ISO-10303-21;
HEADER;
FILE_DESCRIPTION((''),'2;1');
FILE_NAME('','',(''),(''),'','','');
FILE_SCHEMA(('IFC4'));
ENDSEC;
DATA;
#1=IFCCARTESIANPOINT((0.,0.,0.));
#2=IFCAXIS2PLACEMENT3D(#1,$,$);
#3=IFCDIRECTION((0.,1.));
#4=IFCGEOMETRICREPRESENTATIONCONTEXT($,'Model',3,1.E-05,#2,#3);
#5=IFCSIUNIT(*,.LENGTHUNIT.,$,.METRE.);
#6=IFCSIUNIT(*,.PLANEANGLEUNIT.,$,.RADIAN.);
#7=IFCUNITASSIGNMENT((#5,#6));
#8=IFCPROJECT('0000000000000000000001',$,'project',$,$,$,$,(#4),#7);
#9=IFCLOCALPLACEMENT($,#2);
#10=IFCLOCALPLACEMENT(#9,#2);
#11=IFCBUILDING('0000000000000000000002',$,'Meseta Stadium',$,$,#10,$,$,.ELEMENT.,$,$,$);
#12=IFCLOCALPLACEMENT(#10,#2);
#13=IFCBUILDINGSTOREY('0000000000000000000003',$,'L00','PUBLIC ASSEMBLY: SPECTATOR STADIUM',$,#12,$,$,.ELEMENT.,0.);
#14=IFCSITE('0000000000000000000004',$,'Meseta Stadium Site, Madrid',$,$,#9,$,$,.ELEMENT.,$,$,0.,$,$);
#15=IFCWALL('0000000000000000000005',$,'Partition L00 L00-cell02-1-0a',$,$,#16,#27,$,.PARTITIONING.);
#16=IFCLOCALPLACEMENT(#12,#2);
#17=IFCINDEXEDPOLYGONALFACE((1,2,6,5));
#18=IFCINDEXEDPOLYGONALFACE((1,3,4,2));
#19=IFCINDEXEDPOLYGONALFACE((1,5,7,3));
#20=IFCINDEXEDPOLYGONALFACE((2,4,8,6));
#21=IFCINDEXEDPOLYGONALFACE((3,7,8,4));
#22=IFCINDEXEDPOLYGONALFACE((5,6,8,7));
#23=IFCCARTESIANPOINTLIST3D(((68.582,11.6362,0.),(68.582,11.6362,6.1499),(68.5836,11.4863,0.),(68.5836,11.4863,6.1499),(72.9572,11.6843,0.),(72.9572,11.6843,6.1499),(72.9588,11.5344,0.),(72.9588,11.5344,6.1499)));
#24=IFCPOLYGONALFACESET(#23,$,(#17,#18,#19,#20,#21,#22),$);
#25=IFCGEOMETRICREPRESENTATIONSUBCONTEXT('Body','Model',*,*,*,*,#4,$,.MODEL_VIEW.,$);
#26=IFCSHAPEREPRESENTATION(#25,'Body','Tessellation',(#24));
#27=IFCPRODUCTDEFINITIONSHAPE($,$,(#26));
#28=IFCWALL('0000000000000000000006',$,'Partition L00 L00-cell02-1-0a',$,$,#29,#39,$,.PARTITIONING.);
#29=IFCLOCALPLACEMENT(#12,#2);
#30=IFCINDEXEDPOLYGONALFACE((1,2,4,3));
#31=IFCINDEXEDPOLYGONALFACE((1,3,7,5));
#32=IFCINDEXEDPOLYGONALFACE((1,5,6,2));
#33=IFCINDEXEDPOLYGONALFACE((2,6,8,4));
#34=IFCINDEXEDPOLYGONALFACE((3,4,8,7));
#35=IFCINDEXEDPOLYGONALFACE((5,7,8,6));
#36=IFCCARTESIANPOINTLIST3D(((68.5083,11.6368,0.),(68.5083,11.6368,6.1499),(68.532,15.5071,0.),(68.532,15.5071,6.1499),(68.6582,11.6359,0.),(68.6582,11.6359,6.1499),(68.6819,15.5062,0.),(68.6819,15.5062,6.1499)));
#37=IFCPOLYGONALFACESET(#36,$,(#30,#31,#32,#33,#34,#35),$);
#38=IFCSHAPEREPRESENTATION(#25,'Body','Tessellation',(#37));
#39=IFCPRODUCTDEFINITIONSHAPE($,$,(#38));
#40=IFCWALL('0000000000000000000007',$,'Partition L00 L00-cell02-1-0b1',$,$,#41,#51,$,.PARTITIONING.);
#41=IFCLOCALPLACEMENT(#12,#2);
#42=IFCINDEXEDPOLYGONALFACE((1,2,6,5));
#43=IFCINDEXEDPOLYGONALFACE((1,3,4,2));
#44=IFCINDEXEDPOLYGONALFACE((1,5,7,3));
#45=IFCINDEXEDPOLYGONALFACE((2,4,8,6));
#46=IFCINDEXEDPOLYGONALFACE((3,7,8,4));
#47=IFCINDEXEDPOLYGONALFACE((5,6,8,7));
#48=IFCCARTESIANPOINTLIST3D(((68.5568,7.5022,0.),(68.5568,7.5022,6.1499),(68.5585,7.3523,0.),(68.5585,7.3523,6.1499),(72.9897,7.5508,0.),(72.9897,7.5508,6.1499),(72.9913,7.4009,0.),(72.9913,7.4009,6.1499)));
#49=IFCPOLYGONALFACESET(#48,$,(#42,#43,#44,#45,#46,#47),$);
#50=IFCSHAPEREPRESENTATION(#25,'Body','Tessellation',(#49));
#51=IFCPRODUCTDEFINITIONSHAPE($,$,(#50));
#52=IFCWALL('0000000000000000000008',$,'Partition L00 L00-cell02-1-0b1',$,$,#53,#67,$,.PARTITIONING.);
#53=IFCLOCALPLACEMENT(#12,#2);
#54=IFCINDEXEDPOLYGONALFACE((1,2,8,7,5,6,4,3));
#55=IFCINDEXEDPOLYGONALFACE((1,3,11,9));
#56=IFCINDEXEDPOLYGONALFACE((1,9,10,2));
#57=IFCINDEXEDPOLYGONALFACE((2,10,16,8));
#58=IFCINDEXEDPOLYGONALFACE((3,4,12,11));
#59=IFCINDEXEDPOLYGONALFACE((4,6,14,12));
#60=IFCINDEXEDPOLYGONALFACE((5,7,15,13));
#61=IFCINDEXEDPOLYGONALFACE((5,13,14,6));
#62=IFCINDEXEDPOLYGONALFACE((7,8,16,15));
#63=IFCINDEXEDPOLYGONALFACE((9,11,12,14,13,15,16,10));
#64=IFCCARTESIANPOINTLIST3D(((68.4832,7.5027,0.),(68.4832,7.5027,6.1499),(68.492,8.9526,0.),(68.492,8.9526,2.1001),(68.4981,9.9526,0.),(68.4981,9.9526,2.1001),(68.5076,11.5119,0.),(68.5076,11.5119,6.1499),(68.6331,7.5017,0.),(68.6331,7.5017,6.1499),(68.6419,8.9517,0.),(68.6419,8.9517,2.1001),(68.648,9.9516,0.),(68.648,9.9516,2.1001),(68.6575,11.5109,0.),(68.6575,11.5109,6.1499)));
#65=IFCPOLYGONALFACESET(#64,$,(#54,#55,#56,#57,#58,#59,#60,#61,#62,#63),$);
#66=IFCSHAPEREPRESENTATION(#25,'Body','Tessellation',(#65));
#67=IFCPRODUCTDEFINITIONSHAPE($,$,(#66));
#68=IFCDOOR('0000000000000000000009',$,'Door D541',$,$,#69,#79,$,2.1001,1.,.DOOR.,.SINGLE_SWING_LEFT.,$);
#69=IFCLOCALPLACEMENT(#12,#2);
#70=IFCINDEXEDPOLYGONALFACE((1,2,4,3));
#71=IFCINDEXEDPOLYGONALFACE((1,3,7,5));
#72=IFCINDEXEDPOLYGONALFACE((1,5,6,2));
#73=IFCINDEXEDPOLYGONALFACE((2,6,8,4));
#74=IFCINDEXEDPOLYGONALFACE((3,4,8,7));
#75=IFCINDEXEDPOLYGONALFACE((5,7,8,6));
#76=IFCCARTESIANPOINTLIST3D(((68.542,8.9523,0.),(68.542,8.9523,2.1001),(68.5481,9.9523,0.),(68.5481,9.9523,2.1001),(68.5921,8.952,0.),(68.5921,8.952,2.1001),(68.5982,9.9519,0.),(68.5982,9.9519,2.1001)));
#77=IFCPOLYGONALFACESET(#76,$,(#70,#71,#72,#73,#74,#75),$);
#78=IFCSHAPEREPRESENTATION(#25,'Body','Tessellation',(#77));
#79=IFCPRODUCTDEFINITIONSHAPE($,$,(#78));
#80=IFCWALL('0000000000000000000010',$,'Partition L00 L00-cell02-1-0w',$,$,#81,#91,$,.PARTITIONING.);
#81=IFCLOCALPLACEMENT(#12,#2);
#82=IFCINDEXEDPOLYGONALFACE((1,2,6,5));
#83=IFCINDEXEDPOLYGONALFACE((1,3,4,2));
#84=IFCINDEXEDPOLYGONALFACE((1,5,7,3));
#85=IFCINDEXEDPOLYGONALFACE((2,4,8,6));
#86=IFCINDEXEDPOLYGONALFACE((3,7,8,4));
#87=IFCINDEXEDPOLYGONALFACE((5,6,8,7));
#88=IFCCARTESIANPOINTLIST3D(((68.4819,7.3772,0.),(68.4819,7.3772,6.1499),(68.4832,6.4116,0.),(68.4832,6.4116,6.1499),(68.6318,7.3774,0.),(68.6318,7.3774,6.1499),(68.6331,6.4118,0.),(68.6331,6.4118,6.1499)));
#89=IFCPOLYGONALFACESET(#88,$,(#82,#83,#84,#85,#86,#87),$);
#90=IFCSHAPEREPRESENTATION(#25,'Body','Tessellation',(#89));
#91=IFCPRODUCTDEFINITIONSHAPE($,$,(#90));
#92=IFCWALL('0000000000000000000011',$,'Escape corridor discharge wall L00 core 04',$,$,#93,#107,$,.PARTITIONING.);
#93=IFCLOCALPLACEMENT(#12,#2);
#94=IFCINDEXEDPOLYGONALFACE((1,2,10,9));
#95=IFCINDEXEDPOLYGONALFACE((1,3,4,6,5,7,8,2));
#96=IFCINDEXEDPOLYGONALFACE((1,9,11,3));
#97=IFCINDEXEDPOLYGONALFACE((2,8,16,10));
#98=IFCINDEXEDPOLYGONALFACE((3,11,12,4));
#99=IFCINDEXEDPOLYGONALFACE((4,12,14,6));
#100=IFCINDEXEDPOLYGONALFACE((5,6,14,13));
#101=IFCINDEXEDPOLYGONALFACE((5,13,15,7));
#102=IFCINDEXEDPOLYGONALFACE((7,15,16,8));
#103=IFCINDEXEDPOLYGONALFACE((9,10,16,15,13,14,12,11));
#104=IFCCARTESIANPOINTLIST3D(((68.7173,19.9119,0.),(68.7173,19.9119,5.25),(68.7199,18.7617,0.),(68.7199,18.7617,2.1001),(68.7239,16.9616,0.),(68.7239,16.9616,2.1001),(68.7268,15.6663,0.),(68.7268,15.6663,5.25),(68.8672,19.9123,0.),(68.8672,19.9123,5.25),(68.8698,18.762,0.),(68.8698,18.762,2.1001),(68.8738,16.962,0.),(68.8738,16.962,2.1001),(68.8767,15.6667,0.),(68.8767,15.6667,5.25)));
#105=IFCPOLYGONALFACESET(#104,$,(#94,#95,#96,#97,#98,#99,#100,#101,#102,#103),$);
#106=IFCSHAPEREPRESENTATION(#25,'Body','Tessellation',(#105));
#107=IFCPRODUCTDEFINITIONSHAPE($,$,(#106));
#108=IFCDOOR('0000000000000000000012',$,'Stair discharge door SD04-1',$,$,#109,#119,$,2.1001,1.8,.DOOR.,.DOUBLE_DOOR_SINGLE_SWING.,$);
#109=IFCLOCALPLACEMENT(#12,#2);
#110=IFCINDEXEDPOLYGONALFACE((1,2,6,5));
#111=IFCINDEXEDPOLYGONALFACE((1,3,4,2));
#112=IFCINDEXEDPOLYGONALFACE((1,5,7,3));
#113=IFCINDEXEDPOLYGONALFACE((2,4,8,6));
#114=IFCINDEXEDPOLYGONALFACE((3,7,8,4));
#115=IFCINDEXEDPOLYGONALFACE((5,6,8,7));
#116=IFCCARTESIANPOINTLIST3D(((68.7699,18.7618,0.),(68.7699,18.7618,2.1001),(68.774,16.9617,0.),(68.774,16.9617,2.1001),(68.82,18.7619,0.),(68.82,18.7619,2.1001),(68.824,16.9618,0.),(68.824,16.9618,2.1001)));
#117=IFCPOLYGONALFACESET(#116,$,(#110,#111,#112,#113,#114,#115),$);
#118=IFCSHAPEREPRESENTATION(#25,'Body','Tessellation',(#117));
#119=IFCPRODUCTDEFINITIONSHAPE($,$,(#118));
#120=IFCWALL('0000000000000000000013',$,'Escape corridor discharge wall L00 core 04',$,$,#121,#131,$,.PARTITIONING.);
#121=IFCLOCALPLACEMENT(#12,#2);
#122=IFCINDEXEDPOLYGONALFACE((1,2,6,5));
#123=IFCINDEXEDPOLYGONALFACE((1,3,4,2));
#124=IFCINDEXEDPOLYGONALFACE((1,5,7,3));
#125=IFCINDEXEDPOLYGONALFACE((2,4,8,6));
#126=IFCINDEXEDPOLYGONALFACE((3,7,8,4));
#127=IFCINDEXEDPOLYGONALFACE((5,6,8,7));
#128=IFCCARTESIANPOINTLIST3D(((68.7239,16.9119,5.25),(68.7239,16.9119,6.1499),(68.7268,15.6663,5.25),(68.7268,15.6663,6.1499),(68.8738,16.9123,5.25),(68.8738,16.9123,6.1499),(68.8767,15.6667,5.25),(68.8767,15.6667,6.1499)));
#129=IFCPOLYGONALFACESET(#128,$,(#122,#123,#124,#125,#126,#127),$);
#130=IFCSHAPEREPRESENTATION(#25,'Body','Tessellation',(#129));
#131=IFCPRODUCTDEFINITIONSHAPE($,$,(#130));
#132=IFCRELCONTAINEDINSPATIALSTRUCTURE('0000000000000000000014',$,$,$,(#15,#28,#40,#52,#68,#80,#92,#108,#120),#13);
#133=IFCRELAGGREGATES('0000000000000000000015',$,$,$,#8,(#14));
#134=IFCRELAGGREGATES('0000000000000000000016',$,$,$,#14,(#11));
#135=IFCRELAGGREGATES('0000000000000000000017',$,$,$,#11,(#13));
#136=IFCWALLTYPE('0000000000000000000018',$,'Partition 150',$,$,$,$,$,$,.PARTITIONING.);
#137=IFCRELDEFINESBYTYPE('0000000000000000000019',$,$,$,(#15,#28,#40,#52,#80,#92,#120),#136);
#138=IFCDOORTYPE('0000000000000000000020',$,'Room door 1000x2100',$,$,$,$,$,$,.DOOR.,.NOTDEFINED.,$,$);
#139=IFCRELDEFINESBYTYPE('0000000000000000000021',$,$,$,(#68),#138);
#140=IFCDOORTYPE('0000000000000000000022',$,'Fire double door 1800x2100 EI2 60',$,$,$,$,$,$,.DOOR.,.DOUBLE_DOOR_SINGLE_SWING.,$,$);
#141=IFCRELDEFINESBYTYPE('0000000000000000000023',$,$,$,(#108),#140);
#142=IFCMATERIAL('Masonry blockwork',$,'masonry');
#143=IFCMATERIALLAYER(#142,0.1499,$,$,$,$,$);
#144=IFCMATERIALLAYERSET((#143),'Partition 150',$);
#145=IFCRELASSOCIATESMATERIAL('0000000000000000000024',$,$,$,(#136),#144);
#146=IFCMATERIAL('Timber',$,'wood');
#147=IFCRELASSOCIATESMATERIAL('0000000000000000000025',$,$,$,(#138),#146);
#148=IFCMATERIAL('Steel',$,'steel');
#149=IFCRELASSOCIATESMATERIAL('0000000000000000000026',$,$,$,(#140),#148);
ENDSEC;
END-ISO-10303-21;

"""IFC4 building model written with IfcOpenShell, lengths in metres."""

from ifc_helpers import new_model, si_unit, direction, frame, frame_2d, origin, place, context, subcontext, project, spatial, rectangle, extrude, material, layer, layer_set, type_object, element, fill, save


model = new_model("IFC4")

# Units and contexts
model_context = context("Model", 3, precision=1e-05, world=origin(), true_north=direction((0.0, 1.0)))
body_context = subcontext(model_context, "Body", "Model", "MODEL_VIEW")
ifc_project = project(units=[si_unit("LENGTHUNIT", "METRE"), si_unit("PLANEANGLEUNIT", "RADIAN")], contexts=[model_context])

# Site, building, storey
site_placement = place(None, origin())
site = spatial("IfcSite", under=ifc_project, at=site_placement, Name="Meseta Stadium Site, Madrid", CompositionType="ELEMENT", RefElevation=0.0)
building_placement = place(site_placement, origin())
building = spatial("IfcBuilding", under=site, at=building_placement, Name="Meseta Stadium", CompositionType="ELEMENT")
storey_placement = place(building_placement, origin())
storey = spatial("IfcBuildingStorey", under=building, at=storey_placement, Name="L00", Description="PUBLIC ASSEMBLY: SPECTATOR STADIUM", CompositionType="ELEMENT", Elevation=0.0)

# Shared definitions
ifc_material_1 = material(Name="Masonry blockwork", Category="masonry")
ifc_layer = layer(ifc_material_1, 0.1499)
ifc_layer_set = layer_set([ifc_layer], Name="Partition 150")
wall_type = type_object("IfcWallType", Name="Partition 150", PredefinedType="PARTITIONING", material=ifc_layer_set)
ifc_material_2 = material(Name="Timber", Category="wood")
door_type_1 = type_object("IfcDoorType", Name="Room door 1000x2100", OperationType="NOTDEFINED", PredefinedType="DOOR", material=ifc_material_2)

# Walls
wall_1_placement = place(storey_placement, frame((72.958, 11.6094, 0.0), z_axis=(0.0, 0.0, 1.0), x_axis=(-0.99994, -0.010992, 0.0)))
element("IfcWall", 1, at=wall_1_placement, inside=storey, type_object=wall_type, Name="Partition L00 L00-cell02-1-0a", PredefinedType="PARTITIONING", context=body_context, shape_type="SweptSolid", body=[
    extrude(rectangle(XDim=4.3755, YDim=0.1499, at=frame_2d((2.1877, 0.0))), origin(), (0.0, 0.0, 1.0), 6.1499),
])
wall_2_placement = place(storey_placement, frame((68.5833, 11.6365, 0.0), z_axis=(0.0, 0.0, 1.0), x_axis=(0.006119, 0.999981, 0.0)))
element("IfcWall", 2, at=wall_2_placement, inside=storey, type_object=wall_type, Name="Partition L00 L00-cell02-1-0a", PredefinedType="PARTITIONING", context=body_context, shape_type="SweptSolid", body=[
    extrude(rectangle(XDim=3.8704, YDim=0.1499, at=frame_2d((1.9351, 0.0))), origin(), (0.0, 0.0, 1.0), 6.1499),
])
wall_3_placement = place(storey_placement, frame((72.9905, 7.4758, 0.0), z_axis=(0.0, 0.0, 1.0), x_axis=(-0.99994, -0.010959, 0.0)))
element("IfcWall", 3, at=wall_3_placement, inside=storey, type_object=wall_type, Name="Partition L00 L00-cell02-1-0b1", PredefinedType="PARTITIONING", context=body_context, shape_type="SweptSolid", body=[
    extrude(rectangle(XDim=4.4331, YDim=0.1499, at=frame_2d((2.2166, 0.0))), origin(), (0.0, 0.0, 1.0), 6.1499),
])

# Wall, opening, door
wall_4_placement = place(storey_placement, frame((68.5581, 7.5022, 0.0), z_axis=(0.0, 0.0, 1.0), x_axis=(0.006089, 0.999981, 0.0)))
wall_4 = element("IfcWall", 4, at=wall_4_placement, inside=storey, type_object=wall_type, Name="Partition L00 L00-cell02-1-0b1", PredefinedType="PARTITIONING", context=body_context, shape_type="SweptSolid", body=[
    extrude(rectangle(XDim=4.0093, YDim=0.1499, at=frame_2d((2.0046, 0.0))), origin(), (0.0, 0.0, 1.0), 6.1499),
])
opening_1_placement = place(wall_4_placement, frame((1.45, 0.0, 0.0)))
opening_1 = element("IfcOpeningElement", 5, at=opening_1_placement, cuts=wall_4, PredefinedType="OPENING", context=body_context, shape_type="SweptSolid", body=[
    extrude(rectangle(XDim=1.0, YDim=2.1001, at=frame_2d((0.5, 1.05))), frame((0.0, 0.085, 0.0), z_axis=(0.0, -1.0, 0.0), x_axis=(1.0, 0.0, 0.0)), (0.0, 0.0, 1.0), 0.1699),
])
door_1_placement = place(opening_1_placement, origin())
door_1 = element("IfcDoor", 6, at=door_1_placement, inside=storey, type_object=door_type_1, Name="Door D541", OperationType="SINGLE_SWING_LEFT", OverallHeight=2.1001, OverallWidth=1.0, PredefinedType="DOOR", context=body_context, shape_type="SweptSolid", body=[
    extrude(rectangle(XDim=1.0, YDim=2.1001, at=frame_2d((0.5, 1.05))), frame((0.0, 0.0249, 0.0), z_axis=(0.0, -1.0, 0.0), x_axis=(1.0, 0.0, 0.0)), (0.0, 0.0, 1.0), 0.05),
])
fill(opening_1, door_1)

# Wall
wall_5_placement = place(storey_placement, frame((68.5581, 6.4116, 0.0), z_axis=(0.0, 0.0, 1.0), x_axis=(-0.001264, 0.999999, 0.0)))
element("IfcWall", 7, at=wall_5_placement, inside=storey, type_object=wall_type, Name="Partition L00 L00-cell02-1-0w", PredefinedType="PARTITIONING", context=body_context, shape_type="SweptSolid", body=[
    extrude(rectangle(XDim=0.9656, YDim=0.1499, at=frame_2d((0.4829, 0.0))), origin(), (0.0, 0.0, 1.0), 6.1499),
])

# Wall, opening, door
wall_6_placement = place(storey_placement, frame((68.8018, 15.6665, 0.0), z_axis=(0.0, 0.0, 1.0), x_axis=(-0.002243, 0.999997, 0.0)))
wall_6 = element("IfcWall", 8, at=wall_6_placement, inside=storey, type_object=wall_type, Name="Escape corridor discharge wall L00 core 04", PredefinedType="PARTITIONING", context=body_context, shape_type="SweptSolid", body=[
    extrude(rectangle(XDim=4.2456, YDim=0.1499, at=frame_2d((2.1228, 0.0))), origin(), (0.0, 0.0, 1.0), 5.25),
])
opening_2_placement = place(wall_6_placement, frame((1.2954, 0.0, 0.0)))
opening_2 = element("IfcOpeningElement", 9, at=opening_2_placement, cuts=wall_6, PredefinedType="OPENING", context=body_context, shape_type="SweptSolid", body=[
    extrude(rectangle(XDim=1.8, YDim=2.1001, at=frame_2d((0.8999, 1.05))), frame((0.0, 0.085, 0.0), z_axis=(0.0, -1.0, 0.0), x_axis=(1.0, 0.0, 0.0)), (0.0, 0.0, 1.0), 0.1699),
])
ifc_material_3 = material(Name="Steel", Category="steel")
door_type_2 = type_object("IfcDoorType", Name="Fire double door 1800x2100 EI2 60", OperationType="DOUBLE_DOOR_SINGLE_SWING", PredefinedType="DOOR", material=ifc_material_3)
door_2_placement = place(opening_2_placement, origin())
door_2 = element("IfcDoor", 10, at=door_2_placement, inside=storey, type_object=door_type_2, Name="Stair discharge door SD04-1", OperationType="DOUBLE_DOOR_SINGLE_SWING", OverallHeight=2.1001, OverallWidth=1.8, PredefinedType="DOOR", context=body_context, shape_type="SweptSolid", body=[
    extrude(rectangle(XDim=1.8, YDim=2.1001, at=frame_2d((0.8999, 1.05))), frame((0.0, 0.0249, 0.0), z_axis=(0.0, -1.0, 0.0), x_axis=(1.0, 0.0, 0.0)), (0.0, 0.0, 1.0), 0.05),
])
fill(opening_2, door_2)

# Wall
wall_7_placement = place(storey_placement, frame((68.8018, 15.6665, 5.25), z_axis=(0.0, 0.0, 1.0), x_axis=(-0.002352, 0.999997, 0.0)))
element("IfcWall", 11, at=wall_7_placement, inside=storey, type_object=wall_type, Name="Escape corridor discharge wall L00 core 04", PredefinedType="PARTITIONING", context=body_context, shape_type="SweptSolid", body=[
    extrude(rectangle(XDim=1.2456, YDim=0.1499, at=frame_2d((0.6228, 0.0))), origin(), (0.0, 0.0, 1.0), 0.8999),
])

save(model, "model.ifc")
